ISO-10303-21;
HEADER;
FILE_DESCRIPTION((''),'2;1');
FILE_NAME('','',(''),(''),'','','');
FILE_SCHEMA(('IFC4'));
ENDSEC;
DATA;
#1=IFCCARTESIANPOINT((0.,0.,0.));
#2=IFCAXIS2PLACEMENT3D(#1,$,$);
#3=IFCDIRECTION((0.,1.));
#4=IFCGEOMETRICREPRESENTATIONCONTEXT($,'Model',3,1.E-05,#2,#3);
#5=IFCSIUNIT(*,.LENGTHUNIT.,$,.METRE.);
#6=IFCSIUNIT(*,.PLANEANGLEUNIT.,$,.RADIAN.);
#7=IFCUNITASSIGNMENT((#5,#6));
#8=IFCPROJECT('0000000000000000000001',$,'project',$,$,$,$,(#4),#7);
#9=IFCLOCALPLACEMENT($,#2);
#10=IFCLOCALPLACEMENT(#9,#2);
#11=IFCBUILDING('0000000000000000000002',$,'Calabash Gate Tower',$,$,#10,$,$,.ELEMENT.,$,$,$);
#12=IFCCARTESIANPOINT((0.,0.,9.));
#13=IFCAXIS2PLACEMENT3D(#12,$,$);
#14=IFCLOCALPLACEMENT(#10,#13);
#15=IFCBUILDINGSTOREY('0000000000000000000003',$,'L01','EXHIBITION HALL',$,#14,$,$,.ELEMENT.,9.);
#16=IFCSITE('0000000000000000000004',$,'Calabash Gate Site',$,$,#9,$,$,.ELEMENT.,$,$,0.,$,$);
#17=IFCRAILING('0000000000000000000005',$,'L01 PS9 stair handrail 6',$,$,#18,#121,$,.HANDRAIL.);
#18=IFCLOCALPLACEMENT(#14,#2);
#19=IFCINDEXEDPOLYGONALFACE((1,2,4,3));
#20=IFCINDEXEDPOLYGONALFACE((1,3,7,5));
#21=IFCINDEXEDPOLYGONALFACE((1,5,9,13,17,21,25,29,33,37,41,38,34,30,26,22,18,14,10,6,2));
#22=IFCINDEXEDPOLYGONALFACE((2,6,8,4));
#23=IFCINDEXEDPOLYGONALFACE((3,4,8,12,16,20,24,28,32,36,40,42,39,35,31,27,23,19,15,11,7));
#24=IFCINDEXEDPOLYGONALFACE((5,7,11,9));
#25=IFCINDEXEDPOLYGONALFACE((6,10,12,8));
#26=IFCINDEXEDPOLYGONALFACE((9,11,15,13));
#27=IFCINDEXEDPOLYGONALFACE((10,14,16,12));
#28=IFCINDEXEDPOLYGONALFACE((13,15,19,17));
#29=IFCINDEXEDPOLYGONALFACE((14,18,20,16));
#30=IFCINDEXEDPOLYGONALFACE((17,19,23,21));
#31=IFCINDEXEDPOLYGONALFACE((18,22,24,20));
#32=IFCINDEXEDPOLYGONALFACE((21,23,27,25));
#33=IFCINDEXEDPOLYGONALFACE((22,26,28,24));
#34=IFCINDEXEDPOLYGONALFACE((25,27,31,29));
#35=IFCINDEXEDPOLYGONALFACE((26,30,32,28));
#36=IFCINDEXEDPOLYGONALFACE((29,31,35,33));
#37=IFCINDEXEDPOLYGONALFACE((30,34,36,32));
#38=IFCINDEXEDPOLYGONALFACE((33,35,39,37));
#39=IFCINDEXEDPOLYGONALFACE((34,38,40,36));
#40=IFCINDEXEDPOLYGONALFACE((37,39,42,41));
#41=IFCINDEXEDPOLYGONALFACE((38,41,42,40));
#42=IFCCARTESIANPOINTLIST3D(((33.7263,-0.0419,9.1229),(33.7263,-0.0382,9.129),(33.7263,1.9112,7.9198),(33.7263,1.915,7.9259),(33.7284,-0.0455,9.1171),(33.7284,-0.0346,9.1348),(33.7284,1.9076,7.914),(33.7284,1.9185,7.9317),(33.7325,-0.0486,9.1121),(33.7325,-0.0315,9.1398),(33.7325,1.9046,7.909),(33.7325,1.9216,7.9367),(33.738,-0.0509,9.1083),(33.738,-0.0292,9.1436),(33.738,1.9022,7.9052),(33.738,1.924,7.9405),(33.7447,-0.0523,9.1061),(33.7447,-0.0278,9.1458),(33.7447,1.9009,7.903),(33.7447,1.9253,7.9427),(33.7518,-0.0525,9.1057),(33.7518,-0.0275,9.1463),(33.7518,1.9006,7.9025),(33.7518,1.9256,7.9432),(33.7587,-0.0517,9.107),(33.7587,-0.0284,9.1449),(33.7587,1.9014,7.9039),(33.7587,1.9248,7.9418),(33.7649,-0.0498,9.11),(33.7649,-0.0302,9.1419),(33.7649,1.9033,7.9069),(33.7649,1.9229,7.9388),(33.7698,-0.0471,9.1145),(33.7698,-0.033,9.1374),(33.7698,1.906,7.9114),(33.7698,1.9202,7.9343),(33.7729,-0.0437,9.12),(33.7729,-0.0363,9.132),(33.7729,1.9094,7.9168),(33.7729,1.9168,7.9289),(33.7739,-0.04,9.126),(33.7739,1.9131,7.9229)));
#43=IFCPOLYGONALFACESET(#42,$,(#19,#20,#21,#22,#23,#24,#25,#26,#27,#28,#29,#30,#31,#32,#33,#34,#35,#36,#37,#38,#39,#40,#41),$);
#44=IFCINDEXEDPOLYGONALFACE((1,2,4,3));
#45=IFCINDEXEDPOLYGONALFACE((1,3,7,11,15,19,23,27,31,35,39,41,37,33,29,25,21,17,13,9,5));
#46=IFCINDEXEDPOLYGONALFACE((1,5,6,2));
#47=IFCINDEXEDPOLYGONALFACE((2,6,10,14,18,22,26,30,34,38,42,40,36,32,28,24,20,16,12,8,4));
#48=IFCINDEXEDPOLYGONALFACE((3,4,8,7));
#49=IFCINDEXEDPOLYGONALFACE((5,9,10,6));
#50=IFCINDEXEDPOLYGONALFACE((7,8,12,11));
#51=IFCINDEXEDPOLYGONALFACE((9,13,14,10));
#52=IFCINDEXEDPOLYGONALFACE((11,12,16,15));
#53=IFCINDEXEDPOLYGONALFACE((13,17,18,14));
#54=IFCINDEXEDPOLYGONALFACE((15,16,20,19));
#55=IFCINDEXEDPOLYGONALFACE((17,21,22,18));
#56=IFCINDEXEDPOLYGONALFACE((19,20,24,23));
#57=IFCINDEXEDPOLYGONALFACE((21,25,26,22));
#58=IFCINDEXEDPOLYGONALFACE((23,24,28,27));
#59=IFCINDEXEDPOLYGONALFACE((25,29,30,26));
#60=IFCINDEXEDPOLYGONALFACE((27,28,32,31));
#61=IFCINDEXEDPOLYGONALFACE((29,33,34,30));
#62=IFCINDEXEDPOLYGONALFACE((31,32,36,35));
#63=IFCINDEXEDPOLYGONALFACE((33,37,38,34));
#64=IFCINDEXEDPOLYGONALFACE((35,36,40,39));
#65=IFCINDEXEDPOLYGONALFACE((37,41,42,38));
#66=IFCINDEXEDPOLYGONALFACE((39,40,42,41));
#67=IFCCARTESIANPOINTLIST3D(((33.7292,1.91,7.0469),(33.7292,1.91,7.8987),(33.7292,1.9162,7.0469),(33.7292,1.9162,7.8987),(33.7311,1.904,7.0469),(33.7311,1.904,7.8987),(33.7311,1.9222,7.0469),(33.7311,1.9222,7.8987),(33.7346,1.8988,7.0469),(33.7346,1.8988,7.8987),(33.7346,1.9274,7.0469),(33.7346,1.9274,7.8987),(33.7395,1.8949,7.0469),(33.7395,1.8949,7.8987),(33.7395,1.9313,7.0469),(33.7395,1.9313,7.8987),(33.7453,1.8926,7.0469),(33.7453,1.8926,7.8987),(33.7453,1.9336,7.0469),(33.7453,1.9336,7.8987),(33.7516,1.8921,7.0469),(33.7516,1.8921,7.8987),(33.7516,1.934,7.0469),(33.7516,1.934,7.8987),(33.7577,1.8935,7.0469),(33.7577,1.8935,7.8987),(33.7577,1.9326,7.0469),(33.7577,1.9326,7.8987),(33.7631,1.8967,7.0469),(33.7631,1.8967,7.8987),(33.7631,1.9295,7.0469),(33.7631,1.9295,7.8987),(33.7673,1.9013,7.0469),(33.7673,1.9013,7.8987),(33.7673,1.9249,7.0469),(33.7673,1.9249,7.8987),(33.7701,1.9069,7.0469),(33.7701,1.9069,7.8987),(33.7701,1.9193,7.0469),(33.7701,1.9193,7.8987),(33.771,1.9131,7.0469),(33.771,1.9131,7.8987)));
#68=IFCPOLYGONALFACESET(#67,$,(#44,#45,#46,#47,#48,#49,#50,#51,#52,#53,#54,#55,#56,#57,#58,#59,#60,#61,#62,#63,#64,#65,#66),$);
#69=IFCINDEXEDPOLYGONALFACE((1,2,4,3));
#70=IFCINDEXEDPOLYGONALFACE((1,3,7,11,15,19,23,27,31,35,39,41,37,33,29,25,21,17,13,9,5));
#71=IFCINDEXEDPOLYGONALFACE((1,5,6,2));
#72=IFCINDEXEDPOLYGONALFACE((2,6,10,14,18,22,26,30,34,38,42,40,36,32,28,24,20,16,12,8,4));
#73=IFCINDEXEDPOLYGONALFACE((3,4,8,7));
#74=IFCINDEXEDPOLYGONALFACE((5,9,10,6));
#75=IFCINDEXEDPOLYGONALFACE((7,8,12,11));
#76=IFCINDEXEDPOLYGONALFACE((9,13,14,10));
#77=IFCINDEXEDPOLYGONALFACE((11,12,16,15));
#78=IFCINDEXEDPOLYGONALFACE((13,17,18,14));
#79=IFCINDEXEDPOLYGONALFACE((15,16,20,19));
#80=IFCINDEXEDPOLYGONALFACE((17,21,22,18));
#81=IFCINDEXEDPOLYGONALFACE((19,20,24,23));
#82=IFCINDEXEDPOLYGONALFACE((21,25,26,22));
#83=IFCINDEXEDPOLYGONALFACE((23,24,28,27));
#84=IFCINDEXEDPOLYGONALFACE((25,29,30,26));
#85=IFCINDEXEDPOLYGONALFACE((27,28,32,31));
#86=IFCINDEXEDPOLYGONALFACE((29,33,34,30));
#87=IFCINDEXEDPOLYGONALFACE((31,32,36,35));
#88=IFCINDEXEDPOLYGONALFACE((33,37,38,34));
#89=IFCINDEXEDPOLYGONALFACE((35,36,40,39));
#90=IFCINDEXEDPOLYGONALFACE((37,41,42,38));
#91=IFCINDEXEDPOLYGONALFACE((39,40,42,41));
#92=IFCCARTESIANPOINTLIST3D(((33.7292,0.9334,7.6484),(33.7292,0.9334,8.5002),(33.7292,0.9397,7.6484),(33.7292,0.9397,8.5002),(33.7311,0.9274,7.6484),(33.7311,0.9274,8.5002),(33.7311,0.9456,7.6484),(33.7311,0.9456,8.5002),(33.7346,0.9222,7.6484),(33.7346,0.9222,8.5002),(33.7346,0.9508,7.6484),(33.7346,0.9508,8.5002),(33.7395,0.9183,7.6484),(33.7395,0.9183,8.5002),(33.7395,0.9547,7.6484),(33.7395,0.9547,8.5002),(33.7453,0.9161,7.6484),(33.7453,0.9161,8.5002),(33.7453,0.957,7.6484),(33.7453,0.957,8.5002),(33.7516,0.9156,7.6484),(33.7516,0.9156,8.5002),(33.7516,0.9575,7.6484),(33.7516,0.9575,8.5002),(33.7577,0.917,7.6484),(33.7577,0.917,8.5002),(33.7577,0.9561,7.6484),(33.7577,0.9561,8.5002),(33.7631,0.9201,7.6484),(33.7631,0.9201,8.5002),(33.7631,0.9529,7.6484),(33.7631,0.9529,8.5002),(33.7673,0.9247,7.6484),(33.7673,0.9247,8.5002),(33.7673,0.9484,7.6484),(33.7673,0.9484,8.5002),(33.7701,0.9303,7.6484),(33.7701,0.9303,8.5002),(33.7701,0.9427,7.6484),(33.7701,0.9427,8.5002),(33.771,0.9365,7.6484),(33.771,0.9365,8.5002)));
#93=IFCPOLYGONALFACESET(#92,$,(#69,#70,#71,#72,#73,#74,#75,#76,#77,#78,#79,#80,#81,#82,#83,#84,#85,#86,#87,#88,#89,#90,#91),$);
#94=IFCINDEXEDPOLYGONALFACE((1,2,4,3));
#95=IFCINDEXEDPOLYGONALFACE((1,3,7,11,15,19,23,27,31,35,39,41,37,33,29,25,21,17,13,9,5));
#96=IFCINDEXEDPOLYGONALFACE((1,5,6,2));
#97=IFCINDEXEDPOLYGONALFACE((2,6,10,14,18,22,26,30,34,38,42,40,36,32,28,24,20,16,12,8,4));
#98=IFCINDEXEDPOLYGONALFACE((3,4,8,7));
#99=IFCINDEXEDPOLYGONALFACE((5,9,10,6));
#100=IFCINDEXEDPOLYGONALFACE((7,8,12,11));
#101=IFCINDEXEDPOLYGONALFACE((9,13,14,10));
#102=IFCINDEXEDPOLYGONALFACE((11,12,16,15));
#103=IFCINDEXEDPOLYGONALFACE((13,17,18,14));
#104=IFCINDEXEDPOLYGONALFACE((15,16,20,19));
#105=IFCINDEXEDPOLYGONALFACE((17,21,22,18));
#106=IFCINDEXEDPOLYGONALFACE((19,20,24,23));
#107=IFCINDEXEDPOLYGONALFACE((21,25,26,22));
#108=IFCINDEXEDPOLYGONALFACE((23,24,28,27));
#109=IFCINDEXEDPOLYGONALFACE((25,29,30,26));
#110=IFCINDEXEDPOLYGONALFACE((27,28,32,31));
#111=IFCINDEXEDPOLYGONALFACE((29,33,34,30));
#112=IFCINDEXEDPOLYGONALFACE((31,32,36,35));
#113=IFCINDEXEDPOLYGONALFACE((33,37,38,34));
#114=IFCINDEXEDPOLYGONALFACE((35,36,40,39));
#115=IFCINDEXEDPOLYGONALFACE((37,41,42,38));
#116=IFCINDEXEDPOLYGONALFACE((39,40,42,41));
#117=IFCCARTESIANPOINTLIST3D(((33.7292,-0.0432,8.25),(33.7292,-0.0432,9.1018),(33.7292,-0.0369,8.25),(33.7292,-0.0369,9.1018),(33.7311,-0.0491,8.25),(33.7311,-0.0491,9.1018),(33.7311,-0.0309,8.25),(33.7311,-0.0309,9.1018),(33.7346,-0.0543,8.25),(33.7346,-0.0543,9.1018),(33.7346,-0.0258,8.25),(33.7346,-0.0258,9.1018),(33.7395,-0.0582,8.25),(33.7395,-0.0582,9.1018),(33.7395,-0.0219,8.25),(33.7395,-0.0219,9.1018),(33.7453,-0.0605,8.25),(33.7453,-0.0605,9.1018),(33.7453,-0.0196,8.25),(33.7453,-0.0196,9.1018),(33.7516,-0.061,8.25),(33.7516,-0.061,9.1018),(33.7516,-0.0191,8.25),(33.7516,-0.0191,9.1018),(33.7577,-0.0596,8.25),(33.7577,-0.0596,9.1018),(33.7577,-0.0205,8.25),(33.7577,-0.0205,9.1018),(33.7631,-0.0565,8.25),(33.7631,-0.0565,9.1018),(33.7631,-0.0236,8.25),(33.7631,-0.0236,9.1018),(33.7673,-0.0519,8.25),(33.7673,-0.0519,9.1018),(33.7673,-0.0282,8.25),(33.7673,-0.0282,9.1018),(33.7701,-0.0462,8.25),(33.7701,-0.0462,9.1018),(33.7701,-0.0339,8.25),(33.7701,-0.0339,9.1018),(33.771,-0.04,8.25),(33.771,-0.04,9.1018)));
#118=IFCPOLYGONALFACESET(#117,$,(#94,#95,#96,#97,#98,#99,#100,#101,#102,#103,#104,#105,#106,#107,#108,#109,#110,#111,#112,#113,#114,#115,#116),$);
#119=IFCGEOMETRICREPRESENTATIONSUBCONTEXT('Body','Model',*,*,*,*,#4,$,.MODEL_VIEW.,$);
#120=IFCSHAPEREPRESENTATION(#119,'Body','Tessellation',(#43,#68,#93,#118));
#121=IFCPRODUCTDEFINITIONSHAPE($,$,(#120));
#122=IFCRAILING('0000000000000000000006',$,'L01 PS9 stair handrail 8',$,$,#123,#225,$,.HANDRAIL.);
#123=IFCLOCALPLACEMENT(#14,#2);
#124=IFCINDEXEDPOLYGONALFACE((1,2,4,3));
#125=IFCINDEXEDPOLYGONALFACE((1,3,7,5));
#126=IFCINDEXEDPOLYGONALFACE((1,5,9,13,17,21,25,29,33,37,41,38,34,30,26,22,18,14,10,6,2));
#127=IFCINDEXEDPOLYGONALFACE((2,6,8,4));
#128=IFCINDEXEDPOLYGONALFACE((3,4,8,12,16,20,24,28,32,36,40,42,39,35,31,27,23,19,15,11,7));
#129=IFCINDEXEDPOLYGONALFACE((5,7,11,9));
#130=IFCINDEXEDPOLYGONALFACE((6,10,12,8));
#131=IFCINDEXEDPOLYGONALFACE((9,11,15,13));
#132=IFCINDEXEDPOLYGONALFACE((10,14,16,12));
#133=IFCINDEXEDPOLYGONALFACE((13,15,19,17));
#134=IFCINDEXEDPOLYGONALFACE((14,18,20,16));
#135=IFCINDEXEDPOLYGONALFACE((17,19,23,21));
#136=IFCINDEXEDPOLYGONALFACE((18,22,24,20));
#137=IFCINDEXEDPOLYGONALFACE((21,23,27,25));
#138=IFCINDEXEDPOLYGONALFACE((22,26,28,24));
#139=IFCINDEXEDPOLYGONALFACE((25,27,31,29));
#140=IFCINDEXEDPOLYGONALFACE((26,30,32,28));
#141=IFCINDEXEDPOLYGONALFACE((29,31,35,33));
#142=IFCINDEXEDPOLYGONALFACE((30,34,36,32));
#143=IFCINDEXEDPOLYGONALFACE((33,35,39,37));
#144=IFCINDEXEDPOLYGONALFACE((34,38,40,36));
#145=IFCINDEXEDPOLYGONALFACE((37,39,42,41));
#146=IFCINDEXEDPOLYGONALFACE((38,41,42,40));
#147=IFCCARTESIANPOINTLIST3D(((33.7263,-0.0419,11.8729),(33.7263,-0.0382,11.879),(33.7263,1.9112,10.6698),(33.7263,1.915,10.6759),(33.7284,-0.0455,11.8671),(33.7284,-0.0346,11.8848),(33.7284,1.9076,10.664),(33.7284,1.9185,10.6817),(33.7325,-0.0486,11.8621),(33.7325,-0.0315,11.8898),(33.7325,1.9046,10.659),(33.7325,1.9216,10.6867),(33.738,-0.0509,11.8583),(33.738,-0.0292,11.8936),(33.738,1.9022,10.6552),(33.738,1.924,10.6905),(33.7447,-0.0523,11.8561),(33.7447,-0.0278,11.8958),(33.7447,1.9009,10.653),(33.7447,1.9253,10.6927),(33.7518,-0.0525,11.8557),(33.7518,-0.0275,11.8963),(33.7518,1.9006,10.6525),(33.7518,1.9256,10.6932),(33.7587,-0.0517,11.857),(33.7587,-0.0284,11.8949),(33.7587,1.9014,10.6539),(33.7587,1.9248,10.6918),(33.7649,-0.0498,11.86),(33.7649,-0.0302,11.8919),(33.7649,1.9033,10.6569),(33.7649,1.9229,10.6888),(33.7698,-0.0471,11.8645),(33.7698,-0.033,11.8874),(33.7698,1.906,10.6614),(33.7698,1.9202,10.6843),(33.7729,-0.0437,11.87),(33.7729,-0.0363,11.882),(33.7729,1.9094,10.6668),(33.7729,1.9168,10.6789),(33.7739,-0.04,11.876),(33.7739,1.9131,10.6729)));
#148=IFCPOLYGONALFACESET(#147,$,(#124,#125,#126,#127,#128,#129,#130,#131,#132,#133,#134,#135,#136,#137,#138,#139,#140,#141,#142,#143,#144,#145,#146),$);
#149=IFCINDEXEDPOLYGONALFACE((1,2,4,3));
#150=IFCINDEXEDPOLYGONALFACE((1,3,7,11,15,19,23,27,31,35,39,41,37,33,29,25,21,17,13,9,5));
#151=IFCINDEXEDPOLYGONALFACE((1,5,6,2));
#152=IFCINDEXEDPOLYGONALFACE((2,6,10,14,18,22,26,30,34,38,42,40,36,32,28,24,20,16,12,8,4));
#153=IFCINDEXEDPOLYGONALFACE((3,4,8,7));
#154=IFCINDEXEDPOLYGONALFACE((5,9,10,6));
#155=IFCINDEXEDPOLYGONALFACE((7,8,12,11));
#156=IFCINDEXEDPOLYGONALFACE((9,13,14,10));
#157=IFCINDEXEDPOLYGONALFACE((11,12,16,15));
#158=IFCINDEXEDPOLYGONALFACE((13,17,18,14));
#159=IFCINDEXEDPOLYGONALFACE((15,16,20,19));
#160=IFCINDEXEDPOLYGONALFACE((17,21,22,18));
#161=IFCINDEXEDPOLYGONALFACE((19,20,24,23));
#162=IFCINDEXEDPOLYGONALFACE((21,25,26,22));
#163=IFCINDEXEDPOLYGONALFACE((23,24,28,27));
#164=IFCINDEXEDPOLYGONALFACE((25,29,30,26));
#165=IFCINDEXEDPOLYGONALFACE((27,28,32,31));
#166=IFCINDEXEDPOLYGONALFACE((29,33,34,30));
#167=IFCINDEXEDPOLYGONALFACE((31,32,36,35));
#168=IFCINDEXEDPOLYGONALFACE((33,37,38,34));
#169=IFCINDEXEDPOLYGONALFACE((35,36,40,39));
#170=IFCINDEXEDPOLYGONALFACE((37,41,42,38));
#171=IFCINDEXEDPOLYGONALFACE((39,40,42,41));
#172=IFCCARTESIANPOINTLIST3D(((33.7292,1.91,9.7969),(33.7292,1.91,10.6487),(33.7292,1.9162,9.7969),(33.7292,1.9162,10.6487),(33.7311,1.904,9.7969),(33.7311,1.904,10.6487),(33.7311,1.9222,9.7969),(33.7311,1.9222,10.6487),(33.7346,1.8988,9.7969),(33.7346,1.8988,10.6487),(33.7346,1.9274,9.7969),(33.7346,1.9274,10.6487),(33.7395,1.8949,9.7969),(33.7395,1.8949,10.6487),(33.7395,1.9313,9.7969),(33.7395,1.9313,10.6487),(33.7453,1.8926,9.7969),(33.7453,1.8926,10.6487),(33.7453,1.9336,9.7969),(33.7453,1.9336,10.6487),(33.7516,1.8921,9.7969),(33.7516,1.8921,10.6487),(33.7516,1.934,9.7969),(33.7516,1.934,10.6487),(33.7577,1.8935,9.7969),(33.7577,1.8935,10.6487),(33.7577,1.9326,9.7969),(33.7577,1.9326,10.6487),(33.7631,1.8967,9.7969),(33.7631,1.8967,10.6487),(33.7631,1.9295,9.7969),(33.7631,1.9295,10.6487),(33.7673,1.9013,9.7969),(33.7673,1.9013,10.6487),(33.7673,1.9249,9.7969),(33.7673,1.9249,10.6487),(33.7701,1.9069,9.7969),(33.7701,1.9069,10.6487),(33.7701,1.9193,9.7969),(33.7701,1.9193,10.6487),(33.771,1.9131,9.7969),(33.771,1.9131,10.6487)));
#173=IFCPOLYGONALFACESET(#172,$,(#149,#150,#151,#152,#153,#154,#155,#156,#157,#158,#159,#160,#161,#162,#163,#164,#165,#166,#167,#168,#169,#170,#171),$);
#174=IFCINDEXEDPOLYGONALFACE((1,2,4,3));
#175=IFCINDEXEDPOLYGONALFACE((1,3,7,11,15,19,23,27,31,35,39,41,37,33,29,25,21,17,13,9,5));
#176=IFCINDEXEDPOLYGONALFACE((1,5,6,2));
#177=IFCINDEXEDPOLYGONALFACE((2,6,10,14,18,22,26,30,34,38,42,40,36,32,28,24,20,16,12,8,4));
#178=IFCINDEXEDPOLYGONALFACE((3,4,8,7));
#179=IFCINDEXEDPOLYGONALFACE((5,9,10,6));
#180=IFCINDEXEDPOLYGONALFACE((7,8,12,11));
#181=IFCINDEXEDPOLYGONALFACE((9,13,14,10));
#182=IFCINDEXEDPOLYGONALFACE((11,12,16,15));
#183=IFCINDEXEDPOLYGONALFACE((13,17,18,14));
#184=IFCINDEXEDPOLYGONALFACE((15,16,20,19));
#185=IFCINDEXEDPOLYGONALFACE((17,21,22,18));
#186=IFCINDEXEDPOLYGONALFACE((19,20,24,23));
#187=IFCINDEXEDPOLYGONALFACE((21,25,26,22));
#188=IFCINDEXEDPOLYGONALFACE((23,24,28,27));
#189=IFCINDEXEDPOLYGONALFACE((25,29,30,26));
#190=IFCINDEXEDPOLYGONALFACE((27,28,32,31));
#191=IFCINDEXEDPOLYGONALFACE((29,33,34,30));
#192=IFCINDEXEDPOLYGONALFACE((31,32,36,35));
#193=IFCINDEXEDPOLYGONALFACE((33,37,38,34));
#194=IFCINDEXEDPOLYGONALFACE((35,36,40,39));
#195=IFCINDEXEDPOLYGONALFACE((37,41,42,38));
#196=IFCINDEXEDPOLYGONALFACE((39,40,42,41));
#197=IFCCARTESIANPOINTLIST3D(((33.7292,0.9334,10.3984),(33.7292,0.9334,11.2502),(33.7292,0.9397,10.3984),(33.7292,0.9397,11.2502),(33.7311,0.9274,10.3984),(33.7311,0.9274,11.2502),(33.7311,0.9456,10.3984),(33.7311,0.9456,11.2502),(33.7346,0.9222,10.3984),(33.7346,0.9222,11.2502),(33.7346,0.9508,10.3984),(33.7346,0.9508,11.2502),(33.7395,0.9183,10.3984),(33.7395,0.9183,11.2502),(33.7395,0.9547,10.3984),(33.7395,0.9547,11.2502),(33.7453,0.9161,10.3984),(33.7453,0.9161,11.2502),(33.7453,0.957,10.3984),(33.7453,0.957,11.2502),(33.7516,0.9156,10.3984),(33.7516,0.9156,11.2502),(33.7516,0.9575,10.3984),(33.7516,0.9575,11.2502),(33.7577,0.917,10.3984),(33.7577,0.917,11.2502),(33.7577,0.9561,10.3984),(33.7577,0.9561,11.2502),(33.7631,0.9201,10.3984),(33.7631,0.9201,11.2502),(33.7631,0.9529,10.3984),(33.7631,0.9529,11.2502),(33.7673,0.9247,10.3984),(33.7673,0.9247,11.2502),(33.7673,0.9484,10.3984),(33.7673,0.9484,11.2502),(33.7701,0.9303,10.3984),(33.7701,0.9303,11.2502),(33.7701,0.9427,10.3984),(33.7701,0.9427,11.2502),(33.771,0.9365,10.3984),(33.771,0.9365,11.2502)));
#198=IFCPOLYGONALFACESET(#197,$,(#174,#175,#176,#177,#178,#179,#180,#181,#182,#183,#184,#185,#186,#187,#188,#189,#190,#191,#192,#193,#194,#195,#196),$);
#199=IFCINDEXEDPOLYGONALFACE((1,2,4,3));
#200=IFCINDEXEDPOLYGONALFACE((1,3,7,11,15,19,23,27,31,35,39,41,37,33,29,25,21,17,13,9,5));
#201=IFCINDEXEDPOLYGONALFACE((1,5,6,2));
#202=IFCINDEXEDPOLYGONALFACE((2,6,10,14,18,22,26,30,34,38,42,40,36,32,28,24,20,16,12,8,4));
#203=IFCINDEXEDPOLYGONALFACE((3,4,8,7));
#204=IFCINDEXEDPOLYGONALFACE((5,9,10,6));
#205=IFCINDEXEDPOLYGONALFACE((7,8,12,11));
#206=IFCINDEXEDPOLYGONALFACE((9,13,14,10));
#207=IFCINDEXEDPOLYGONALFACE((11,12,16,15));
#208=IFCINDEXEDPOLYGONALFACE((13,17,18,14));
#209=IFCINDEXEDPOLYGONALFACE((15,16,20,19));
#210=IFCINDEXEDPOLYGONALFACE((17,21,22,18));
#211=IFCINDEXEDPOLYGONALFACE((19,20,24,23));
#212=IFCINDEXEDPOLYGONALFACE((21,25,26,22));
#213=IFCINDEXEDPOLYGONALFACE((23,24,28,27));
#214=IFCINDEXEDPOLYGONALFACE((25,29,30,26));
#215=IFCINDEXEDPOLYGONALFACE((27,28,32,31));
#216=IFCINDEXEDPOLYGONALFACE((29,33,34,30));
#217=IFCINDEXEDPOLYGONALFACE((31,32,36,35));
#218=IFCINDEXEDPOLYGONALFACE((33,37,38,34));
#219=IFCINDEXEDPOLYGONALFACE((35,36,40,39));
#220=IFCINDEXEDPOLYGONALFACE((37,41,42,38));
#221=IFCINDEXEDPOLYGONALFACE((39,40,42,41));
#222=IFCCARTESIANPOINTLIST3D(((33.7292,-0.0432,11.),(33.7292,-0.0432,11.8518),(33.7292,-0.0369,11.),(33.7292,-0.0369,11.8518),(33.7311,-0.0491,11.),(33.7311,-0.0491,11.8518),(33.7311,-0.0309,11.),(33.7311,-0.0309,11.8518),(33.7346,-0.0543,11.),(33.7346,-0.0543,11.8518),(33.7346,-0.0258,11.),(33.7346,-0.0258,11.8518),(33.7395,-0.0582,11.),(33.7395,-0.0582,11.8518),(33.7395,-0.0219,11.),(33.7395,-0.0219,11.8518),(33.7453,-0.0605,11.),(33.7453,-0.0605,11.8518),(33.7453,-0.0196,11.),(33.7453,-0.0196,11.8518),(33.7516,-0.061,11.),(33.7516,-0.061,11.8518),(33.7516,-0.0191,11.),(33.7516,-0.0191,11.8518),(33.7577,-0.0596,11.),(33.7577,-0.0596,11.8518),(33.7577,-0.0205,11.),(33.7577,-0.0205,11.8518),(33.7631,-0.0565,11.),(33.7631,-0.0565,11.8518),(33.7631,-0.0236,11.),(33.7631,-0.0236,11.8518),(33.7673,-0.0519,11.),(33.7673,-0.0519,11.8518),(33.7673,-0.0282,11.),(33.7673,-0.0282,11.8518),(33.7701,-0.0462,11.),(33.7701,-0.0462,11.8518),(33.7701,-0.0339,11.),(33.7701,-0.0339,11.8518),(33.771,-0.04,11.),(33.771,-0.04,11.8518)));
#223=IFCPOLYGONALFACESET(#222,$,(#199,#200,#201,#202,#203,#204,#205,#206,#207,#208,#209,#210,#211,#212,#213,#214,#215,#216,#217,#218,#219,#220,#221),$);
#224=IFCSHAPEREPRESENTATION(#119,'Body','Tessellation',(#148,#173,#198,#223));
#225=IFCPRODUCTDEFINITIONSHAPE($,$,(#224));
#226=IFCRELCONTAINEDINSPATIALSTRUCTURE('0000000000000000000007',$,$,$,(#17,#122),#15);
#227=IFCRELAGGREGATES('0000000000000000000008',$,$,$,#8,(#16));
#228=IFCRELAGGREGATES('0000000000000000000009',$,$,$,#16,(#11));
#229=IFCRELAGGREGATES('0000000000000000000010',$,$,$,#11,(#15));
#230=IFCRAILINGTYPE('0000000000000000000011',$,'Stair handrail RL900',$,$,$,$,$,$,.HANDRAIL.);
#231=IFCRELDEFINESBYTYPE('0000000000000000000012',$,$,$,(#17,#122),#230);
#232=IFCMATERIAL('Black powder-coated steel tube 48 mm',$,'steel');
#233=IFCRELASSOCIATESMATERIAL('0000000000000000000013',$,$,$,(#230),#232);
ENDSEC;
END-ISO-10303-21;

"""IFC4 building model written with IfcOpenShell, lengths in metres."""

from ifc_helpers import new_model, si_unit, direction, frame, origin, origin_2d, place, context, subcontext, project, spatial, circle, extrude, material, type_object, element, save


model = new_model("IFC4")

# Units and contexts
model_context = context("Model", 3, precision=1e-05, world=origin(), true_north=direction((0.0, 1.0)))
body_context = subcontext(model_context, "Body", "Model", "MODEL_VIEW")
ifc_project = project(units=[si_unit("LENGTHUNIT", "METRE"), si_unit("PLANEANGLEUNIT", "RADIAN")], contexts=[model_context])

# Site, building, storey
site_placement = place(None, origin())
site = spatial("IfcSite", under=ifc_project, at=site_placement, Name="Calabash Gate Site", CompositionType="ELEMENT", RefElevation=0.0)
building_placement = place(site_placement, origin())
building = spatial("IfcBuilding", under=site, at=building_placement, Name="Calabash Gate Tower", CompositionType="ELEMENT")
storey_placement = place(building_placement, frame((0.0, 0.0, 9.0)))
storey = spatial("IfcBuildingStorey", under=building, at=storey_placement, Name="L01", Description="EXHIBITION HALL", CompositionType="ELEMENT", Elevation=9.0)

# Railings
ifc_material_1 = material(Name="Black powder-coated steel tube 48 mm", Category="steel")
railing_type_1 = type_object("IfcRailingType", Name="Stair handrail RL900", PredefinedType="HANDRAIL", material=ifc_material_1)
for number, where, name in (
    (1, (33.75, 1.9131, 7.0469), "L01 PS9 stair handrail 6"),
    (2, (33.75, 1.9131, 9.7969), "L01 PS9 stair handrail 8"),
):
    element("IfcRailing", number, at=place(storey_placement, frame(where)), inside=storey, type_object=railing_type_1, Name=name, PredefinedType="HANDRAIL", context=body_context, shape_type="SweptSolid", body=[
        extrude(circle(Radius=0.0239, at=origin_2d()), frame((0.0, 0.0, 0.876), z_axis=(0.0, -0.851424, 0.524477), x_axis=(1.0, 0.0, 0.0)), (0.0, 0.0, 1.0), 2.2939),
        extrude(circle(Radius=0.021, at=origin_2d()), origin(), (0.0, 0.0, 1.0), 0.8518),
        extrude(circle(Radius=0.021, at=origin_2d()), frame((0.0, -0.9766, 0.6016)), (0.0, 0.0, 1.0), 0.8518),
        extrude(circle(Radius=0.021, at=origin_2d()), frame((0.0, -1.9531, 1.2031)), (0.0, 0.0, 1.0), 0.8518),
    ])

save(model, "model.ifc")
